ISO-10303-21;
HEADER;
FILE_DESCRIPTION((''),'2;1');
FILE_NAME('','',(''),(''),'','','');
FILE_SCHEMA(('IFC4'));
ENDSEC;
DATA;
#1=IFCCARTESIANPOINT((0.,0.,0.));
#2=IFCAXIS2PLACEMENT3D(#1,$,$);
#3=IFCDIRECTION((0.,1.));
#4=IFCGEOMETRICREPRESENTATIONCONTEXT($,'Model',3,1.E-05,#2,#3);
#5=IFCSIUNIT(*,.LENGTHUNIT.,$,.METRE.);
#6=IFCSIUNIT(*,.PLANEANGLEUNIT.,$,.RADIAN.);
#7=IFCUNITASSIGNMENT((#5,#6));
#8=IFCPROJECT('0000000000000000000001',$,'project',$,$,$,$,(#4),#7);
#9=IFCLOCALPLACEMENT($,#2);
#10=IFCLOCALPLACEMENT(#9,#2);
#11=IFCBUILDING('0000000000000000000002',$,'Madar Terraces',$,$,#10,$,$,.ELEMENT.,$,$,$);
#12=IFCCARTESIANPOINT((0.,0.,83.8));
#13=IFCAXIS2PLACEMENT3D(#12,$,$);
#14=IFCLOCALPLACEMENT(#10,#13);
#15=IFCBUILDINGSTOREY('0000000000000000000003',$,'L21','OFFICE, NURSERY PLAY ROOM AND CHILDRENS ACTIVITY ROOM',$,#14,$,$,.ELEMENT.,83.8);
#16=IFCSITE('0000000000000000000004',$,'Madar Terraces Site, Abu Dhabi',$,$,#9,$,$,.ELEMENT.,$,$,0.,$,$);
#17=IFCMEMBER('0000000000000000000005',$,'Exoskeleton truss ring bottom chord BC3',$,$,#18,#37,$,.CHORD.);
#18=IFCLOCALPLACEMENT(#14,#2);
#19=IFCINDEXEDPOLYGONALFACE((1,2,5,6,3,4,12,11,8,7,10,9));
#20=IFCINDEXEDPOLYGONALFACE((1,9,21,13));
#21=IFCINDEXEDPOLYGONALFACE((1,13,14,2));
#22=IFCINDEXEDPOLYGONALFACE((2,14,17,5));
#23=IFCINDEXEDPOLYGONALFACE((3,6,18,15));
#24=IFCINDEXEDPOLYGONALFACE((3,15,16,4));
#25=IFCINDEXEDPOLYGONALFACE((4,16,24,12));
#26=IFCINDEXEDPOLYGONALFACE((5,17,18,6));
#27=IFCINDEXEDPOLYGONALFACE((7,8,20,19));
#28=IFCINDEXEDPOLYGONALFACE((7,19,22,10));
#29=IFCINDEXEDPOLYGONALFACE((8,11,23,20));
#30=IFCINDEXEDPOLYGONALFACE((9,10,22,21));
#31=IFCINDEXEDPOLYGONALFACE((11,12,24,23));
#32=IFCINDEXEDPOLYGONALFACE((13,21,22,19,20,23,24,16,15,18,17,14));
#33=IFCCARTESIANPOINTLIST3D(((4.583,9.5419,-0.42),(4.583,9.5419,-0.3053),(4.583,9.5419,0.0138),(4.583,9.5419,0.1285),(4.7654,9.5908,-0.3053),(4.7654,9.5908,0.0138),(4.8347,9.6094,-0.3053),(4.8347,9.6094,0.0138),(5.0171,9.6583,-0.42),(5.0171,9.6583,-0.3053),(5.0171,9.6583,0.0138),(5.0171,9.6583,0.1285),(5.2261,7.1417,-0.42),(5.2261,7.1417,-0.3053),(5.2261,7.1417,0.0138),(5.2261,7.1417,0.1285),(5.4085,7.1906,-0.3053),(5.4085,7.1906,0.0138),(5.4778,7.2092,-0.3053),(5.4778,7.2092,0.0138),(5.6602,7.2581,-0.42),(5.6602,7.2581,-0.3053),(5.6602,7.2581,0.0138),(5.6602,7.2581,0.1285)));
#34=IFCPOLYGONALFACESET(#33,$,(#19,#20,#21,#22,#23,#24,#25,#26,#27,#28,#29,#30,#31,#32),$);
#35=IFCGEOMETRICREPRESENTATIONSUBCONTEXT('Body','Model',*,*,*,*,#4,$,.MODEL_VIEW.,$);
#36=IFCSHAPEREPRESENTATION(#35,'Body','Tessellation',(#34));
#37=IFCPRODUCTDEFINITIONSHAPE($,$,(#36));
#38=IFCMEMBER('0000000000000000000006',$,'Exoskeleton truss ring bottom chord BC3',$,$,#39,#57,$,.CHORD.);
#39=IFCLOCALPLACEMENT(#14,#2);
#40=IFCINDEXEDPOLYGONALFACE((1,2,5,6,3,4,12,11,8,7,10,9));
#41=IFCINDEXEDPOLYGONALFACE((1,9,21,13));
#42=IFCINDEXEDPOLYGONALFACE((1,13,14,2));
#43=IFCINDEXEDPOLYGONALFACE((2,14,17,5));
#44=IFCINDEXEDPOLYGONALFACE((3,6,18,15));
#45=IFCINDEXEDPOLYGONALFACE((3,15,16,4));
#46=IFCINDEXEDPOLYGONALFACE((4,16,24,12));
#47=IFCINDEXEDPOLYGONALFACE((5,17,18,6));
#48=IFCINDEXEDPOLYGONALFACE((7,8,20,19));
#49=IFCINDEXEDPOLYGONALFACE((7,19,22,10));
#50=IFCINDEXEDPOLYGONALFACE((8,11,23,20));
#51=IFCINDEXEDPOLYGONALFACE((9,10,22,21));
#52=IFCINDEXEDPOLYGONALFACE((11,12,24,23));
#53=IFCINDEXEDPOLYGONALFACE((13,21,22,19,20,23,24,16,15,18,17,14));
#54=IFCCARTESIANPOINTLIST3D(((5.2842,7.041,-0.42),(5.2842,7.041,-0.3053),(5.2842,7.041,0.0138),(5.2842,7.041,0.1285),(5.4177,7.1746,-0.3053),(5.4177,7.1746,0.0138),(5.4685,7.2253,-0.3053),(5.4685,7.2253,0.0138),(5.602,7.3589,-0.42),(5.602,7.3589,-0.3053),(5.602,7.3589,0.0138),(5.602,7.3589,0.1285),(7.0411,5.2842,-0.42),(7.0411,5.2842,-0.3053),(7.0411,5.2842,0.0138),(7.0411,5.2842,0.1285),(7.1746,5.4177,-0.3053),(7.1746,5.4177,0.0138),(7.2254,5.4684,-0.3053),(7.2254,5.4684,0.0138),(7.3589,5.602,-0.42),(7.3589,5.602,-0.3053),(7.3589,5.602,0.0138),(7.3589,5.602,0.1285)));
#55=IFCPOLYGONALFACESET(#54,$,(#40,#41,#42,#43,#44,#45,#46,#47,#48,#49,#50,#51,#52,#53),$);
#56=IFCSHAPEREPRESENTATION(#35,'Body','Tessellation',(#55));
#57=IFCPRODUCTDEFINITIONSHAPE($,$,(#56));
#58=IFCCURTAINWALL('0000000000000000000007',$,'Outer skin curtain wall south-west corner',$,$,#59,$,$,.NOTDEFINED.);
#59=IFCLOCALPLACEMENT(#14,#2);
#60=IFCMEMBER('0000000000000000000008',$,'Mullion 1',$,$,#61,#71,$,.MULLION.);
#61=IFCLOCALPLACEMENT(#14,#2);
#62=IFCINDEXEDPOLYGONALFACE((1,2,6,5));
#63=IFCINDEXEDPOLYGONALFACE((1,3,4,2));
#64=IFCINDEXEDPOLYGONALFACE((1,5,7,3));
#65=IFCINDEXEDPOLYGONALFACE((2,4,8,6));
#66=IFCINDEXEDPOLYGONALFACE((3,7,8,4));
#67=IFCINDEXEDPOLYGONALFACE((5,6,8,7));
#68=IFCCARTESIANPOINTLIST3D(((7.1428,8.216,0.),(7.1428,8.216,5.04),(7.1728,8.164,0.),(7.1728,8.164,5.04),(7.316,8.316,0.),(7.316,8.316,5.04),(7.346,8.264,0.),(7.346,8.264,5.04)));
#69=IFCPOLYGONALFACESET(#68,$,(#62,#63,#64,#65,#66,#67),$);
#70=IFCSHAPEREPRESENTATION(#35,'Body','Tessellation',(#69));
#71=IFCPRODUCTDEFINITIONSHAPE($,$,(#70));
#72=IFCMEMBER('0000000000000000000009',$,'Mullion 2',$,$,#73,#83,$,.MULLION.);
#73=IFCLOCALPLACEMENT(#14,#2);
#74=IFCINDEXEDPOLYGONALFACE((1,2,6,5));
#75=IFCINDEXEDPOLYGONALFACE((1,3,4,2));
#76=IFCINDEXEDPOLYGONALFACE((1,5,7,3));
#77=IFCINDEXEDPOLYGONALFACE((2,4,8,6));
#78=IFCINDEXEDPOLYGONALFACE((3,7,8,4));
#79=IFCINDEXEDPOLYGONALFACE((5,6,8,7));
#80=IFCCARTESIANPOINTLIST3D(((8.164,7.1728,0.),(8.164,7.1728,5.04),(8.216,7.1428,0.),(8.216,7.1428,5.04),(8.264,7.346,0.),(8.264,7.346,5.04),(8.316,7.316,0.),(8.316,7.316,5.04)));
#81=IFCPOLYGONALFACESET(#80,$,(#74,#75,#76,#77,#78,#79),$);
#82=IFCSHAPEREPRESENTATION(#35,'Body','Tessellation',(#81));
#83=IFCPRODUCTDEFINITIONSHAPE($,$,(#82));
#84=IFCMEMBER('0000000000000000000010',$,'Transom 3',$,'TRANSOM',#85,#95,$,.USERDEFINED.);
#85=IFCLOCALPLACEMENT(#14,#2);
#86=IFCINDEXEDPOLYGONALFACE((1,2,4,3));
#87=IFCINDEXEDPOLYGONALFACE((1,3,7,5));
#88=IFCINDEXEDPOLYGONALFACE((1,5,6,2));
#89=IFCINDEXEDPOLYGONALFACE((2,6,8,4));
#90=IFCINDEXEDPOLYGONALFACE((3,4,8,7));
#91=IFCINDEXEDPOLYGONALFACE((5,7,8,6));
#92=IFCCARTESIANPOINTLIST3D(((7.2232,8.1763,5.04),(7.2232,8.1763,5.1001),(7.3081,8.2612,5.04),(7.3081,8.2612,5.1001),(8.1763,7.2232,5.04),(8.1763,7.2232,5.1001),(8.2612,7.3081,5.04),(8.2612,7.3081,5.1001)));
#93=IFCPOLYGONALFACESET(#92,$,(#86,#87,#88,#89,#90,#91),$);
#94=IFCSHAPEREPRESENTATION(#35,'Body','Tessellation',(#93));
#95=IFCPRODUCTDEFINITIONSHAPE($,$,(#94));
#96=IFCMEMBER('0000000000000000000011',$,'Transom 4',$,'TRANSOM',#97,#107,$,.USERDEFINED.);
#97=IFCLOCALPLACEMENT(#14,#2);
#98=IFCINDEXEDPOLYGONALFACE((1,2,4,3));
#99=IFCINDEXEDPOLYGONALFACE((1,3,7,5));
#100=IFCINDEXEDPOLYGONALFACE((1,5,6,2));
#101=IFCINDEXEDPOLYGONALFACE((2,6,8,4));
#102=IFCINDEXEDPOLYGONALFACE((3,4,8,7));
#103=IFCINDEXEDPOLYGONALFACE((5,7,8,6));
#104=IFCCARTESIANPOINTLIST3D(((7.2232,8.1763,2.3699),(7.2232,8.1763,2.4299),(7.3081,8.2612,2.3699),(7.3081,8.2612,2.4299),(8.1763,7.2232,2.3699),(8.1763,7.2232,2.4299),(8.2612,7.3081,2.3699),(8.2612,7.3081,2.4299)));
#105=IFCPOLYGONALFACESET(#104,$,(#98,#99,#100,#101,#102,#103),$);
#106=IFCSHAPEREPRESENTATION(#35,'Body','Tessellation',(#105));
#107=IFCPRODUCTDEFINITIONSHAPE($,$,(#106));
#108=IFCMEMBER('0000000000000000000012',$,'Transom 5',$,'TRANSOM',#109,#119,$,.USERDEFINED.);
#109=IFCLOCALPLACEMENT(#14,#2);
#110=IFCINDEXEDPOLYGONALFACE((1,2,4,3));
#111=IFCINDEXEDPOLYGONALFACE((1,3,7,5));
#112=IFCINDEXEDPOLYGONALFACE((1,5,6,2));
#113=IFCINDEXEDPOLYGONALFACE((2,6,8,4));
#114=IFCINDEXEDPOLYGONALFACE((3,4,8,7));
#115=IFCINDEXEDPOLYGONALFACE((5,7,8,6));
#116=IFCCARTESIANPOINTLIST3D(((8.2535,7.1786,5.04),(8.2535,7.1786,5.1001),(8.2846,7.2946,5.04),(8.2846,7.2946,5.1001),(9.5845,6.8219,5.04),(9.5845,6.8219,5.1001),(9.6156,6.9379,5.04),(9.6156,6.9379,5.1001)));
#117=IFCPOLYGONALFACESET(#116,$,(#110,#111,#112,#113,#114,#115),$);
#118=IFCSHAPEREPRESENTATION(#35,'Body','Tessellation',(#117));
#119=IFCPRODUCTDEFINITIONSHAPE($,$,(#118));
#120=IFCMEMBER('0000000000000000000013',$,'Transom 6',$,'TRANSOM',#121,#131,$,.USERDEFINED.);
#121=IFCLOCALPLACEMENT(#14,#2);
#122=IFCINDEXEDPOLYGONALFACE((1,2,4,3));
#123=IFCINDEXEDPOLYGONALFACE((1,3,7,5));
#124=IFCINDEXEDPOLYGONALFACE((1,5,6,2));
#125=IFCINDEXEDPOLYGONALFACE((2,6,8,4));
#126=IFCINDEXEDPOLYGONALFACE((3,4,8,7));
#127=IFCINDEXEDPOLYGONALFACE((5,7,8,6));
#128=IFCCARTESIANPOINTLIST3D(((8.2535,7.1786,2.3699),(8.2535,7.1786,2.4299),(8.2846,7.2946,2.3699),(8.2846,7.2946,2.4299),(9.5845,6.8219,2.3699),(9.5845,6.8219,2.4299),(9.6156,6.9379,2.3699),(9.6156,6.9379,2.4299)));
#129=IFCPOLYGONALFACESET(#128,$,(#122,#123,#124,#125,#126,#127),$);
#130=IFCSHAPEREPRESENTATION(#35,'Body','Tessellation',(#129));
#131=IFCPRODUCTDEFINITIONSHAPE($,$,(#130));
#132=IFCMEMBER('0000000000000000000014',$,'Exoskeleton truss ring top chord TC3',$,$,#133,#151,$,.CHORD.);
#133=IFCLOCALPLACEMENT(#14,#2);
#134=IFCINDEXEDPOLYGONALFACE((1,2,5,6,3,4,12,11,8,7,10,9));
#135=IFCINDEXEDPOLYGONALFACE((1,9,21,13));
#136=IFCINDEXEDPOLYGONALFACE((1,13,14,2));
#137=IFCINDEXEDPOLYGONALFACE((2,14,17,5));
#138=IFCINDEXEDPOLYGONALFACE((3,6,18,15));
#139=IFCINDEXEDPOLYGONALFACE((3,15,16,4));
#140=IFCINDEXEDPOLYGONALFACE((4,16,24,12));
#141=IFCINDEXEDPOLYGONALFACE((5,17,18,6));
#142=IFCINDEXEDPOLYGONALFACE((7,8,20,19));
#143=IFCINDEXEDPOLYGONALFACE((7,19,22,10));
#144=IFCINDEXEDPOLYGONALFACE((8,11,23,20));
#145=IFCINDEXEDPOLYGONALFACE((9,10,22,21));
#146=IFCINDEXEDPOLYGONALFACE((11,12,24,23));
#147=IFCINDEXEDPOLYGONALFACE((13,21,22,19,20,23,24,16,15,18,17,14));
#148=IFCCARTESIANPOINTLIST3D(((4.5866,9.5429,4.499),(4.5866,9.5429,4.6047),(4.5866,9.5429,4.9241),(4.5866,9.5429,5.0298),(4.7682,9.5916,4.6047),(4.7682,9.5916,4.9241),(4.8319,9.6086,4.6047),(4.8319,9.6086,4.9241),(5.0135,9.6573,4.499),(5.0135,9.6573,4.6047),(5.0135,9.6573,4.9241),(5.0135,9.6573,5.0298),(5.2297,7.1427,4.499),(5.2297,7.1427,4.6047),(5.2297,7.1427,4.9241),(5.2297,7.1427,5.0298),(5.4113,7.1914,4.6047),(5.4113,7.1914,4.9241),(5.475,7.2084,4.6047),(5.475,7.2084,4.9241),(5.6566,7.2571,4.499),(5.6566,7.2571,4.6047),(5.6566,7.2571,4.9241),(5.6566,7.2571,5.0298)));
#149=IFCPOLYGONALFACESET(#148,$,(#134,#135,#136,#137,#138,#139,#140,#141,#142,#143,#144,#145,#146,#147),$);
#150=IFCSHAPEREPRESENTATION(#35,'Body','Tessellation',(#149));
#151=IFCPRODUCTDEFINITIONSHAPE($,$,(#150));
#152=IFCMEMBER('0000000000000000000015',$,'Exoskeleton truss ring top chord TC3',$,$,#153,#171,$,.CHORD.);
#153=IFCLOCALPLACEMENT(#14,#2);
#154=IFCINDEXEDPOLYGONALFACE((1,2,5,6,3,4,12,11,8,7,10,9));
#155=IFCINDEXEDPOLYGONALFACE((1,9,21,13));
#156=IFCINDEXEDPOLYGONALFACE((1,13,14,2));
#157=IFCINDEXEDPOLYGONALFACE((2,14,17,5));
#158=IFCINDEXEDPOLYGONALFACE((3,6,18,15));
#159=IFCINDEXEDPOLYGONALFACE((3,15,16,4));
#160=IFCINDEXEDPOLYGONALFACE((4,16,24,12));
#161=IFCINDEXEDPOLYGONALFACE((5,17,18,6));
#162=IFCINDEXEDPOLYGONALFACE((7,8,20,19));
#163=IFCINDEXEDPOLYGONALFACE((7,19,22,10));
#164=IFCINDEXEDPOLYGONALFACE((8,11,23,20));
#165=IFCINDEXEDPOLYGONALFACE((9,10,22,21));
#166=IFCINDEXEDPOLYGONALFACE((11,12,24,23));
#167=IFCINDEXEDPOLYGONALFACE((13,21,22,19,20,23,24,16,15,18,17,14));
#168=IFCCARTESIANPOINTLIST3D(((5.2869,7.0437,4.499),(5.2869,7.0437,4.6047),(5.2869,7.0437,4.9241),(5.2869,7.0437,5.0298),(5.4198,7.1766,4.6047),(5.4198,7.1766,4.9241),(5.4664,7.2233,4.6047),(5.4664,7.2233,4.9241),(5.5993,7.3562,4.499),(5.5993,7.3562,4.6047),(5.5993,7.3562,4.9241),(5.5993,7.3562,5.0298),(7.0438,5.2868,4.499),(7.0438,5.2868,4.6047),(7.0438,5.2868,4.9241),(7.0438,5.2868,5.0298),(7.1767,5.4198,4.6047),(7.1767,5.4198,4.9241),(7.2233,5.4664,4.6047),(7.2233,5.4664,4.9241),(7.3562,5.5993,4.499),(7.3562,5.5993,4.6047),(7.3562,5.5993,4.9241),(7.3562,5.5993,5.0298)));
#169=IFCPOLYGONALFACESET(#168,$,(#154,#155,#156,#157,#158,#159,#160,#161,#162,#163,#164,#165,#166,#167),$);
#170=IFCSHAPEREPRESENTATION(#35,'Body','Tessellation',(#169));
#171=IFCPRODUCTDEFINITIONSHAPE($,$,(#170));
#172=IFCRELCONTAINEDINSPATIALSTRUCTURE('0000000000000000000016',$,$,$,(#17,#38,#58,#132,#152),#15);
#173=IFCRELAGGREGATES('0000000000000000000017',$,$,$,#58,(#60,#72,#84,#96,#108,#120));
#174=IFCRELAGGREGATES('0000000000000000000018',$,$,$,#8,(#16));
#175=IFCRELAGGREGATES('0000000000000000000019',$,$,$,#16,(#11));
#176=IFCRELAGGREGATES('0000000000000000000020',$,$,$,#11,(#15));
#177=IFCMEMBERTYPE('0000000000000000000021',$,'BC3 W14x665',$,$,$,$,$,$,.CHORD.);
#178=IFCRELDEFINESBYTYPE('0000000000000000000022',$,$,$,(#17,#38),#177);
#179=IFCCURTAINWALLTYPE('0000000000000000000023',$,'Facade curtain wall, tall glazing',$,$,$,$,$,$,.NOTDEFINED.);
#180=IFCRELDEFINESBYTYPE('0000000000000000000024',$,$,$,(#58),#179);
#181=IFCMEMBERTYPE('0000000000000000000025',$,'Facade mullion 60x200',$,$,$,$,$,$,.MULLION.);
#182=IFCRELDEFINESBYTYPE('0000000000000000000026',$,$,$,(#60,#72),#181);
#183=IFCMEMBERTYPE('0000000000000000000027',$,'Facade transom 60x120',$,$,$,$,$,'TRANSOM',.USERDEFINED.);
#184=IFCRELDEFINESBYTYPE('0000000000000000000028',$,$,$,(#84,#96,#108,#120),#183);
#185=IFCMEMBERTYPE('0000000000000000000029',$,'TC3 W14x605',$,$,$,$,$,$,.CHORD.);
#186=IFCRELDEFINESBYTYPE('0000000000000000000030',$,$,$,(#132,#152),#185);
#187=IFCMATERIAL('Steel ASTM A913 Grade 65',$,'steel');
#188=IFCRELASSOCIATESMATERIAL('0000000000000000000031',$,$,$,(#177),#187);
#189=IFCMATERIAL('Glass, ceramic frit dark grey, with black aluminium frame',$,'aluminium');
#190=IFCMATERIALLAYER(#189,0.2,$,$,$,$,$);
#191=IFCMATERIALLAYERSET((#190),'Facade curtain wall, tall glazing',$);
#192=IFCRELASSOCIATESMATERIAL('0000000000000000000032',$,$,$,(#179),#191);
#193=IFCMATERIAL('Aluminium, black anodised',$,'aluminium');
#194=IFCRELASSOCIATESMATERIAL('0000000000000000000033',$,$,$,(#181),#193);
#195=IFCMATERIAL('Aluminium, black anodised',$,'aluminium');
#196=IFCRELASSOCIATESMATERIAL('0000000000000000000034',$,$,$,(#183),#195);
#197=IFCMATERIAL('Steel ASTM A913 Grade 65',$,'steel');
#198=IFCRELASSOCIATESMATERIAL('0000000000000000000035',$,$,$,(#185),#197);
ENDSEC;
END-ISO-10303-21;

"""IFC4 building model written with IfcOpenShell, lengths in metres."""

from ifc_helpers import new_model, si_unit, direction, frame, origin, origin_2d, place, context, subcontext, project, spatial, rectangle, i_section, extrude, material, layer, layer_set, material_profile, profile_set, type_object, element, aggregate, save


model = new_model("IFC4")

# Units and contexts
model_context = context("Model", 3, precision=1e-05, world=origin(), true_north=direction((0.0, 1.0)))
body_context = subcontext(model_context, "Body", "Model", "MODEL_VIEW")
ifc_project = project(units=[si_unit("LENGTHUNIT", "METRE"), si_unit("PLANEANGLEUNIT", "RADIAN")], contexts=[model_context])

# Site, building, storey
site_placement = place(None, origin())
site = spatial("IfcSite", under=ifc_project, at=site_placement, Name="Madar Terraces Site, Abu Dhabi", CompositionType="ELEMENT", RefElevation=0.0)
building_placement = place(site_placement, origin())
building = spatial("IfcBuilding", under=site, at=building_placement, Name="Madar Terraces", CompositionType="ELEMENT")
storey_placement = place(building_placement, frame((0.0, 0.0, 83.8)))
storey = spatial("IfcBuildingStorey", under=building, at=storey_placement, Name="L21", Description="OFFICE, NURSERY PLAY ROOM AND CHILDRENS ACTIVITY ROOM", CompositionType="ELEMENT", Elevation=83.8)

# Members
ifc_material_1 = material(Name="Steel ASTM A913 Grade 65", Category="steel")
ifc_material_profile_1 = material_profile(ifc_material_1, i_section(OverallWidth=0.4495, OverallDepth=0.5486, WebThickness=0.0718, FlangeThickness=0.1147, at=origin_2d()), Name="W14x665")
ifc_profile_set_1 = profile_set([ifc_material_profile_1], Name="Steel ASTM A913 Grade 65")
member_type_1 = type_object("IfcMemberType", Name="BC3 W14x665", PredefinedType="CHORD", material=ifc_profile_set_1)
member_1_placement = place(storey_placement, frame((4.8, 9.6001, -0.1458), z_axis=(0.2588, -0.965931, 0.0), x_axis=(0.965931, 0.2588, 0.0)))
element("IfcMember", 1, at=member_1_placement, inside=storey, type_object=member_type_1, Name="Exoskeleton truss ring bottom chord BC3", PredefinedType="CHORD", context=body_context, shape_type="SweptSolid", body=[
    extrude(i_section(OverallWidth=0.4495, OverallDepth=0.5486, WebThickness=0.0718, FlangeThickness=0.1147, at=origin_2d()), origin(), (0.0, 0.0, 1.0), 2.4849),
])
member_2_placement = place(storey_placement, frame((5.4431, 7.2, -0.1458), z_axis=(0.707107, -0.707107, 0.0), x_axis=(0.707107, 0.707107, 0.0)))
element("IfcMember", 2, at=member_2_placement, inside=storey, type_object=member_type_1, Name="Exoskeleton truss ring bottom chord BC3", PredefinedType="CHORD", context=body_context, shape_type="SweptSolid", body=[
    extrude(i_section(OverallWidth=0.4495, OverallDepth=0.5486, WebThickness=0.0718, FlangeThickness=0.1147, at=origin_2d()), origin(), (0.0, 0.0, 1.0), 2.4846),
])

# Curtain wall, members
ifc_material_2 = material(Name="Glass, ceramic frit dark grey, with black aluminium frame", Category="aluminium")
ifc_layer_1 = layer(ifc_material_2, 0.2)
ifc_layer_set_1 = layer_set([ifc_layer_1], Name="Facade curtain wall, tall glazing")
curtain_wall_type = type_object("IfcCurtainWallType", Name="Facade curtain wall, tall glazing", PredefinedType="NOTDEFINED", material=ifc_layer_set_1)
curtain_wall_placement = place(storey_placement, origin())
curtain_wall = element("IfcCurtainWall", 3, at=curtain_wall_placement, inside=storey, type_object=curtain_wall_type, Name="Outer skin curtain wall south-west corner", PredefinedType="NOTDEFINED")
ifc_material_3 = material(Name="Aluminium, black anodised", Category="aluminium")
ifc_material_profile_2 = material_profile(ifc_material_3, rectangle(XDim=0.2, YDim=0.0601, at=origin_2d()), Name="Facade mullion 60x200")
ifc_profile_set_2 = profile_set([ifc_material_profile_2], Name="Aluminium, black anodised")
member_type_2 = type_object("IfcMemberType", Name="Facade mullion 60x200", PredefinedType="MULLION", material=ifc_profile_set_2)
member_3_placement = place(storey_placement, frame((7.2444, 8.24, 0.0), z_axis=(0.0, 0.0, 1.0), x_axis=(0.866025, 0.5, 0.0)))
member_3 = element("IfcMember", 4, at=member_3_placement, type_object=member_type_2, Name="Mullion 1", PredefinedType="MULLION", context=body_context, shape_type="SweptSolid", body=[
    extrude(rectangle(XDim=0.2, YDim=0.0601, at=origin_2d()), origin(), (0.0, 0.0, 1.0), 5.04),
])
member_4_placement = place(storey_placement, frame((8.24, 7.2444, 0.0), z_axis=(0.0, 0.0, 1.0), x_axis=(0.5, 0.866025, 0.0)))
member_4 = element("IfcMember", 5, at=member_4_placement, type_object=member_type_2, Name="Mullion 2", PredefinedType="MULLION", context=body_context, shape_type="SweptSolid", body=[
    extrude(rectangle(XDim=0.2, YDim=0.0601, at=origin_2d()), origin(), (0.0, 0.0, 1.0), 5.04),
])
ifc_material_4 = material(Name="Aluminium, black anodised", Category="aluminium")
ifc_material_profile_3 = material_profile(ifc_material_4, rectangle(XDim=0.1201, YDim=0.0601, at=origin_2d()), Name="Facade transom 60x120")
ifc_profile_set_3 = profile_set([ifc_material_profile_3], Name="Aluminium, black anodised")
member_type_3 = type_object("IfcMemberType", Name="Facade transom 60x120", ElementType="TRANSOM", PredefinedType="USERDEFINED", material=ifc_profile_set_3)
member_5_placement = place(storey_placement, frame((7.2656, 8.2188, 5.0701), z_axis=(0.707107, -0.707107, 0.0), x_axis=(0.707107, 0.707107, 0.0)))
member_5 = element("IfcMember", 6, at=member_5_placement, type_object=member_type_3, Name="Transom 3", ObjectType="TRANSOM", PredefinedType="USERDEFINED", context=body_context, shape_type="SweptSolid", body=[
    extrude(rectangle(XDim=0.1201, YDim=0.0601, at=origin_2d()), origin(), (0.0, 0.0, 1.0), 1.3479),
])
member_6_placement = place(storey_placement, frame((7.2656, 8.2188, 2.3999), z_axis=(0.707107, -0.707107, 0.0), x_axis=(0.707107, 0.707107, 0.0)))
member_6 = element("IfcMember", 7, at=member_6_placement, type_object=member_type_3, Name="Transom 4", ObjectType="TRANSOM", PredefinedType="USERDEFINED", context=body_context, shape_type="SweptSolid", body=[
    extrude(rectangle(XDim=0.1201, YDim=0.0601, at=origin_2d()), origin(), (0.0, 0.0, 1.0), 1.3479),
])
member_7_placement = place(storey_placement, frame((8.269, 7.2366, 5.0701), z_axis=(0.96592, -0.258842, 0.0), x_axis=(0.258842, 0.96592, 0.0)))
member_7 = element("IfcMember", 8, at=member_7_placement, type_object=member_type_3, Name="Transom 5", ObjectType="TRANSOM", PredefinedType="USERDEFINED", context=body_context, shape_type="SweptSolid", body=[
    extrude(rectangle(XDim=0.1201, YDim=0.0601, at=origin_2d()), origin(), (0.0, 0.0, 1.0), 1.3779),
])
member_8_placement = place(storey_placement, frame((8.269, 7.2366, 2.3999), z_axis=(0.96592, -0.258842, 0.0), x_axis=(0.258842, 0.96592, 0.0)))
member_8 = element("IfcMember", 9, at=member_8_placement, type_object=member_type_3, Name="Transom 6", ObjectType="TRANSOM", PredefinedType="USERDEFINED", context=body_context, shape_type="SweptSolid", body=[
    extrude(rectangle(XDim=0.1201, YDim=0.0601, at=origin_2d()), origin(), (0.0, 0.0, 1.0), 1.3779),
])

# Members
ifc_material_5 = material(Name="Steel ASTM A913 Grade 65", Category="steel")
ifc_material_profile_4 = material_profile(ifc_material_5, i_section(OverallWidth=0.4419, OverallDepth=0.5308, WebThickness=0.0659, FlangeThickness=0.1057, at=origin_2d()), Name="W14x605")
ifc_profile_set_4 = profile_set([ifc_material_profile_4], Name="Steel ASTM A913 Grade 65")
member_type_4 = type_object("IfcMemberType", Name="TC3 W14x605", PredefinedType="CHORD", material=ifc_profile_set_4)
member_9_placement = place(storey_placement, frame((4.8, 9.6001, 4.7644), z_axis=(0.2588, -0.965931, 0.0), x_axis=(0.965931, 0.2588, 0.0)))
element("IfcMember", 10, at=member_9_placement, inside=storey, type_object=member_type_4, Name="Exoskeleton truss ring top chord TC3", PredefinedType="CHORD", context=body_context, shape_type="SweptSolid", body=[
    extrude(i_section(OverallWidth=0.4419, OverallDepth=0.5308, WebThickness=0.0659, FlangeThickness=0.1057, at=origin_2d()), origin(), (0.0, 0.0, 1.0), 2.4849),
])
member_10_placement = place(storey_placement, frame((5.4431, 7.2, 4.7644), z_axis=(0.707107, -0.707107, 0.0), x_axis=(0.707107, 0.707107, 0.0)))
element("IfcMember", 11, at=member_10_placement, inside=storey, type_object=member_type_4, Name="Exoskeleton truss ring top chord TC3", PredefinedType="CHORD", context=body_context, shape_type="SweptSolid", body=[
    extrude(i_section(OverallWidth=0.4419, OverallDepth=0.5308, WebThickness=0.0659, FlangeThickness=0.1057, at=origin_2d()), origin(), (0.0, 0.0, 1.0), 2.4846),
])

aggregate(curtain_wall, [member_3, member_4, member_5, member_6, member_7, member_8])

save(model, "model.ifc")
